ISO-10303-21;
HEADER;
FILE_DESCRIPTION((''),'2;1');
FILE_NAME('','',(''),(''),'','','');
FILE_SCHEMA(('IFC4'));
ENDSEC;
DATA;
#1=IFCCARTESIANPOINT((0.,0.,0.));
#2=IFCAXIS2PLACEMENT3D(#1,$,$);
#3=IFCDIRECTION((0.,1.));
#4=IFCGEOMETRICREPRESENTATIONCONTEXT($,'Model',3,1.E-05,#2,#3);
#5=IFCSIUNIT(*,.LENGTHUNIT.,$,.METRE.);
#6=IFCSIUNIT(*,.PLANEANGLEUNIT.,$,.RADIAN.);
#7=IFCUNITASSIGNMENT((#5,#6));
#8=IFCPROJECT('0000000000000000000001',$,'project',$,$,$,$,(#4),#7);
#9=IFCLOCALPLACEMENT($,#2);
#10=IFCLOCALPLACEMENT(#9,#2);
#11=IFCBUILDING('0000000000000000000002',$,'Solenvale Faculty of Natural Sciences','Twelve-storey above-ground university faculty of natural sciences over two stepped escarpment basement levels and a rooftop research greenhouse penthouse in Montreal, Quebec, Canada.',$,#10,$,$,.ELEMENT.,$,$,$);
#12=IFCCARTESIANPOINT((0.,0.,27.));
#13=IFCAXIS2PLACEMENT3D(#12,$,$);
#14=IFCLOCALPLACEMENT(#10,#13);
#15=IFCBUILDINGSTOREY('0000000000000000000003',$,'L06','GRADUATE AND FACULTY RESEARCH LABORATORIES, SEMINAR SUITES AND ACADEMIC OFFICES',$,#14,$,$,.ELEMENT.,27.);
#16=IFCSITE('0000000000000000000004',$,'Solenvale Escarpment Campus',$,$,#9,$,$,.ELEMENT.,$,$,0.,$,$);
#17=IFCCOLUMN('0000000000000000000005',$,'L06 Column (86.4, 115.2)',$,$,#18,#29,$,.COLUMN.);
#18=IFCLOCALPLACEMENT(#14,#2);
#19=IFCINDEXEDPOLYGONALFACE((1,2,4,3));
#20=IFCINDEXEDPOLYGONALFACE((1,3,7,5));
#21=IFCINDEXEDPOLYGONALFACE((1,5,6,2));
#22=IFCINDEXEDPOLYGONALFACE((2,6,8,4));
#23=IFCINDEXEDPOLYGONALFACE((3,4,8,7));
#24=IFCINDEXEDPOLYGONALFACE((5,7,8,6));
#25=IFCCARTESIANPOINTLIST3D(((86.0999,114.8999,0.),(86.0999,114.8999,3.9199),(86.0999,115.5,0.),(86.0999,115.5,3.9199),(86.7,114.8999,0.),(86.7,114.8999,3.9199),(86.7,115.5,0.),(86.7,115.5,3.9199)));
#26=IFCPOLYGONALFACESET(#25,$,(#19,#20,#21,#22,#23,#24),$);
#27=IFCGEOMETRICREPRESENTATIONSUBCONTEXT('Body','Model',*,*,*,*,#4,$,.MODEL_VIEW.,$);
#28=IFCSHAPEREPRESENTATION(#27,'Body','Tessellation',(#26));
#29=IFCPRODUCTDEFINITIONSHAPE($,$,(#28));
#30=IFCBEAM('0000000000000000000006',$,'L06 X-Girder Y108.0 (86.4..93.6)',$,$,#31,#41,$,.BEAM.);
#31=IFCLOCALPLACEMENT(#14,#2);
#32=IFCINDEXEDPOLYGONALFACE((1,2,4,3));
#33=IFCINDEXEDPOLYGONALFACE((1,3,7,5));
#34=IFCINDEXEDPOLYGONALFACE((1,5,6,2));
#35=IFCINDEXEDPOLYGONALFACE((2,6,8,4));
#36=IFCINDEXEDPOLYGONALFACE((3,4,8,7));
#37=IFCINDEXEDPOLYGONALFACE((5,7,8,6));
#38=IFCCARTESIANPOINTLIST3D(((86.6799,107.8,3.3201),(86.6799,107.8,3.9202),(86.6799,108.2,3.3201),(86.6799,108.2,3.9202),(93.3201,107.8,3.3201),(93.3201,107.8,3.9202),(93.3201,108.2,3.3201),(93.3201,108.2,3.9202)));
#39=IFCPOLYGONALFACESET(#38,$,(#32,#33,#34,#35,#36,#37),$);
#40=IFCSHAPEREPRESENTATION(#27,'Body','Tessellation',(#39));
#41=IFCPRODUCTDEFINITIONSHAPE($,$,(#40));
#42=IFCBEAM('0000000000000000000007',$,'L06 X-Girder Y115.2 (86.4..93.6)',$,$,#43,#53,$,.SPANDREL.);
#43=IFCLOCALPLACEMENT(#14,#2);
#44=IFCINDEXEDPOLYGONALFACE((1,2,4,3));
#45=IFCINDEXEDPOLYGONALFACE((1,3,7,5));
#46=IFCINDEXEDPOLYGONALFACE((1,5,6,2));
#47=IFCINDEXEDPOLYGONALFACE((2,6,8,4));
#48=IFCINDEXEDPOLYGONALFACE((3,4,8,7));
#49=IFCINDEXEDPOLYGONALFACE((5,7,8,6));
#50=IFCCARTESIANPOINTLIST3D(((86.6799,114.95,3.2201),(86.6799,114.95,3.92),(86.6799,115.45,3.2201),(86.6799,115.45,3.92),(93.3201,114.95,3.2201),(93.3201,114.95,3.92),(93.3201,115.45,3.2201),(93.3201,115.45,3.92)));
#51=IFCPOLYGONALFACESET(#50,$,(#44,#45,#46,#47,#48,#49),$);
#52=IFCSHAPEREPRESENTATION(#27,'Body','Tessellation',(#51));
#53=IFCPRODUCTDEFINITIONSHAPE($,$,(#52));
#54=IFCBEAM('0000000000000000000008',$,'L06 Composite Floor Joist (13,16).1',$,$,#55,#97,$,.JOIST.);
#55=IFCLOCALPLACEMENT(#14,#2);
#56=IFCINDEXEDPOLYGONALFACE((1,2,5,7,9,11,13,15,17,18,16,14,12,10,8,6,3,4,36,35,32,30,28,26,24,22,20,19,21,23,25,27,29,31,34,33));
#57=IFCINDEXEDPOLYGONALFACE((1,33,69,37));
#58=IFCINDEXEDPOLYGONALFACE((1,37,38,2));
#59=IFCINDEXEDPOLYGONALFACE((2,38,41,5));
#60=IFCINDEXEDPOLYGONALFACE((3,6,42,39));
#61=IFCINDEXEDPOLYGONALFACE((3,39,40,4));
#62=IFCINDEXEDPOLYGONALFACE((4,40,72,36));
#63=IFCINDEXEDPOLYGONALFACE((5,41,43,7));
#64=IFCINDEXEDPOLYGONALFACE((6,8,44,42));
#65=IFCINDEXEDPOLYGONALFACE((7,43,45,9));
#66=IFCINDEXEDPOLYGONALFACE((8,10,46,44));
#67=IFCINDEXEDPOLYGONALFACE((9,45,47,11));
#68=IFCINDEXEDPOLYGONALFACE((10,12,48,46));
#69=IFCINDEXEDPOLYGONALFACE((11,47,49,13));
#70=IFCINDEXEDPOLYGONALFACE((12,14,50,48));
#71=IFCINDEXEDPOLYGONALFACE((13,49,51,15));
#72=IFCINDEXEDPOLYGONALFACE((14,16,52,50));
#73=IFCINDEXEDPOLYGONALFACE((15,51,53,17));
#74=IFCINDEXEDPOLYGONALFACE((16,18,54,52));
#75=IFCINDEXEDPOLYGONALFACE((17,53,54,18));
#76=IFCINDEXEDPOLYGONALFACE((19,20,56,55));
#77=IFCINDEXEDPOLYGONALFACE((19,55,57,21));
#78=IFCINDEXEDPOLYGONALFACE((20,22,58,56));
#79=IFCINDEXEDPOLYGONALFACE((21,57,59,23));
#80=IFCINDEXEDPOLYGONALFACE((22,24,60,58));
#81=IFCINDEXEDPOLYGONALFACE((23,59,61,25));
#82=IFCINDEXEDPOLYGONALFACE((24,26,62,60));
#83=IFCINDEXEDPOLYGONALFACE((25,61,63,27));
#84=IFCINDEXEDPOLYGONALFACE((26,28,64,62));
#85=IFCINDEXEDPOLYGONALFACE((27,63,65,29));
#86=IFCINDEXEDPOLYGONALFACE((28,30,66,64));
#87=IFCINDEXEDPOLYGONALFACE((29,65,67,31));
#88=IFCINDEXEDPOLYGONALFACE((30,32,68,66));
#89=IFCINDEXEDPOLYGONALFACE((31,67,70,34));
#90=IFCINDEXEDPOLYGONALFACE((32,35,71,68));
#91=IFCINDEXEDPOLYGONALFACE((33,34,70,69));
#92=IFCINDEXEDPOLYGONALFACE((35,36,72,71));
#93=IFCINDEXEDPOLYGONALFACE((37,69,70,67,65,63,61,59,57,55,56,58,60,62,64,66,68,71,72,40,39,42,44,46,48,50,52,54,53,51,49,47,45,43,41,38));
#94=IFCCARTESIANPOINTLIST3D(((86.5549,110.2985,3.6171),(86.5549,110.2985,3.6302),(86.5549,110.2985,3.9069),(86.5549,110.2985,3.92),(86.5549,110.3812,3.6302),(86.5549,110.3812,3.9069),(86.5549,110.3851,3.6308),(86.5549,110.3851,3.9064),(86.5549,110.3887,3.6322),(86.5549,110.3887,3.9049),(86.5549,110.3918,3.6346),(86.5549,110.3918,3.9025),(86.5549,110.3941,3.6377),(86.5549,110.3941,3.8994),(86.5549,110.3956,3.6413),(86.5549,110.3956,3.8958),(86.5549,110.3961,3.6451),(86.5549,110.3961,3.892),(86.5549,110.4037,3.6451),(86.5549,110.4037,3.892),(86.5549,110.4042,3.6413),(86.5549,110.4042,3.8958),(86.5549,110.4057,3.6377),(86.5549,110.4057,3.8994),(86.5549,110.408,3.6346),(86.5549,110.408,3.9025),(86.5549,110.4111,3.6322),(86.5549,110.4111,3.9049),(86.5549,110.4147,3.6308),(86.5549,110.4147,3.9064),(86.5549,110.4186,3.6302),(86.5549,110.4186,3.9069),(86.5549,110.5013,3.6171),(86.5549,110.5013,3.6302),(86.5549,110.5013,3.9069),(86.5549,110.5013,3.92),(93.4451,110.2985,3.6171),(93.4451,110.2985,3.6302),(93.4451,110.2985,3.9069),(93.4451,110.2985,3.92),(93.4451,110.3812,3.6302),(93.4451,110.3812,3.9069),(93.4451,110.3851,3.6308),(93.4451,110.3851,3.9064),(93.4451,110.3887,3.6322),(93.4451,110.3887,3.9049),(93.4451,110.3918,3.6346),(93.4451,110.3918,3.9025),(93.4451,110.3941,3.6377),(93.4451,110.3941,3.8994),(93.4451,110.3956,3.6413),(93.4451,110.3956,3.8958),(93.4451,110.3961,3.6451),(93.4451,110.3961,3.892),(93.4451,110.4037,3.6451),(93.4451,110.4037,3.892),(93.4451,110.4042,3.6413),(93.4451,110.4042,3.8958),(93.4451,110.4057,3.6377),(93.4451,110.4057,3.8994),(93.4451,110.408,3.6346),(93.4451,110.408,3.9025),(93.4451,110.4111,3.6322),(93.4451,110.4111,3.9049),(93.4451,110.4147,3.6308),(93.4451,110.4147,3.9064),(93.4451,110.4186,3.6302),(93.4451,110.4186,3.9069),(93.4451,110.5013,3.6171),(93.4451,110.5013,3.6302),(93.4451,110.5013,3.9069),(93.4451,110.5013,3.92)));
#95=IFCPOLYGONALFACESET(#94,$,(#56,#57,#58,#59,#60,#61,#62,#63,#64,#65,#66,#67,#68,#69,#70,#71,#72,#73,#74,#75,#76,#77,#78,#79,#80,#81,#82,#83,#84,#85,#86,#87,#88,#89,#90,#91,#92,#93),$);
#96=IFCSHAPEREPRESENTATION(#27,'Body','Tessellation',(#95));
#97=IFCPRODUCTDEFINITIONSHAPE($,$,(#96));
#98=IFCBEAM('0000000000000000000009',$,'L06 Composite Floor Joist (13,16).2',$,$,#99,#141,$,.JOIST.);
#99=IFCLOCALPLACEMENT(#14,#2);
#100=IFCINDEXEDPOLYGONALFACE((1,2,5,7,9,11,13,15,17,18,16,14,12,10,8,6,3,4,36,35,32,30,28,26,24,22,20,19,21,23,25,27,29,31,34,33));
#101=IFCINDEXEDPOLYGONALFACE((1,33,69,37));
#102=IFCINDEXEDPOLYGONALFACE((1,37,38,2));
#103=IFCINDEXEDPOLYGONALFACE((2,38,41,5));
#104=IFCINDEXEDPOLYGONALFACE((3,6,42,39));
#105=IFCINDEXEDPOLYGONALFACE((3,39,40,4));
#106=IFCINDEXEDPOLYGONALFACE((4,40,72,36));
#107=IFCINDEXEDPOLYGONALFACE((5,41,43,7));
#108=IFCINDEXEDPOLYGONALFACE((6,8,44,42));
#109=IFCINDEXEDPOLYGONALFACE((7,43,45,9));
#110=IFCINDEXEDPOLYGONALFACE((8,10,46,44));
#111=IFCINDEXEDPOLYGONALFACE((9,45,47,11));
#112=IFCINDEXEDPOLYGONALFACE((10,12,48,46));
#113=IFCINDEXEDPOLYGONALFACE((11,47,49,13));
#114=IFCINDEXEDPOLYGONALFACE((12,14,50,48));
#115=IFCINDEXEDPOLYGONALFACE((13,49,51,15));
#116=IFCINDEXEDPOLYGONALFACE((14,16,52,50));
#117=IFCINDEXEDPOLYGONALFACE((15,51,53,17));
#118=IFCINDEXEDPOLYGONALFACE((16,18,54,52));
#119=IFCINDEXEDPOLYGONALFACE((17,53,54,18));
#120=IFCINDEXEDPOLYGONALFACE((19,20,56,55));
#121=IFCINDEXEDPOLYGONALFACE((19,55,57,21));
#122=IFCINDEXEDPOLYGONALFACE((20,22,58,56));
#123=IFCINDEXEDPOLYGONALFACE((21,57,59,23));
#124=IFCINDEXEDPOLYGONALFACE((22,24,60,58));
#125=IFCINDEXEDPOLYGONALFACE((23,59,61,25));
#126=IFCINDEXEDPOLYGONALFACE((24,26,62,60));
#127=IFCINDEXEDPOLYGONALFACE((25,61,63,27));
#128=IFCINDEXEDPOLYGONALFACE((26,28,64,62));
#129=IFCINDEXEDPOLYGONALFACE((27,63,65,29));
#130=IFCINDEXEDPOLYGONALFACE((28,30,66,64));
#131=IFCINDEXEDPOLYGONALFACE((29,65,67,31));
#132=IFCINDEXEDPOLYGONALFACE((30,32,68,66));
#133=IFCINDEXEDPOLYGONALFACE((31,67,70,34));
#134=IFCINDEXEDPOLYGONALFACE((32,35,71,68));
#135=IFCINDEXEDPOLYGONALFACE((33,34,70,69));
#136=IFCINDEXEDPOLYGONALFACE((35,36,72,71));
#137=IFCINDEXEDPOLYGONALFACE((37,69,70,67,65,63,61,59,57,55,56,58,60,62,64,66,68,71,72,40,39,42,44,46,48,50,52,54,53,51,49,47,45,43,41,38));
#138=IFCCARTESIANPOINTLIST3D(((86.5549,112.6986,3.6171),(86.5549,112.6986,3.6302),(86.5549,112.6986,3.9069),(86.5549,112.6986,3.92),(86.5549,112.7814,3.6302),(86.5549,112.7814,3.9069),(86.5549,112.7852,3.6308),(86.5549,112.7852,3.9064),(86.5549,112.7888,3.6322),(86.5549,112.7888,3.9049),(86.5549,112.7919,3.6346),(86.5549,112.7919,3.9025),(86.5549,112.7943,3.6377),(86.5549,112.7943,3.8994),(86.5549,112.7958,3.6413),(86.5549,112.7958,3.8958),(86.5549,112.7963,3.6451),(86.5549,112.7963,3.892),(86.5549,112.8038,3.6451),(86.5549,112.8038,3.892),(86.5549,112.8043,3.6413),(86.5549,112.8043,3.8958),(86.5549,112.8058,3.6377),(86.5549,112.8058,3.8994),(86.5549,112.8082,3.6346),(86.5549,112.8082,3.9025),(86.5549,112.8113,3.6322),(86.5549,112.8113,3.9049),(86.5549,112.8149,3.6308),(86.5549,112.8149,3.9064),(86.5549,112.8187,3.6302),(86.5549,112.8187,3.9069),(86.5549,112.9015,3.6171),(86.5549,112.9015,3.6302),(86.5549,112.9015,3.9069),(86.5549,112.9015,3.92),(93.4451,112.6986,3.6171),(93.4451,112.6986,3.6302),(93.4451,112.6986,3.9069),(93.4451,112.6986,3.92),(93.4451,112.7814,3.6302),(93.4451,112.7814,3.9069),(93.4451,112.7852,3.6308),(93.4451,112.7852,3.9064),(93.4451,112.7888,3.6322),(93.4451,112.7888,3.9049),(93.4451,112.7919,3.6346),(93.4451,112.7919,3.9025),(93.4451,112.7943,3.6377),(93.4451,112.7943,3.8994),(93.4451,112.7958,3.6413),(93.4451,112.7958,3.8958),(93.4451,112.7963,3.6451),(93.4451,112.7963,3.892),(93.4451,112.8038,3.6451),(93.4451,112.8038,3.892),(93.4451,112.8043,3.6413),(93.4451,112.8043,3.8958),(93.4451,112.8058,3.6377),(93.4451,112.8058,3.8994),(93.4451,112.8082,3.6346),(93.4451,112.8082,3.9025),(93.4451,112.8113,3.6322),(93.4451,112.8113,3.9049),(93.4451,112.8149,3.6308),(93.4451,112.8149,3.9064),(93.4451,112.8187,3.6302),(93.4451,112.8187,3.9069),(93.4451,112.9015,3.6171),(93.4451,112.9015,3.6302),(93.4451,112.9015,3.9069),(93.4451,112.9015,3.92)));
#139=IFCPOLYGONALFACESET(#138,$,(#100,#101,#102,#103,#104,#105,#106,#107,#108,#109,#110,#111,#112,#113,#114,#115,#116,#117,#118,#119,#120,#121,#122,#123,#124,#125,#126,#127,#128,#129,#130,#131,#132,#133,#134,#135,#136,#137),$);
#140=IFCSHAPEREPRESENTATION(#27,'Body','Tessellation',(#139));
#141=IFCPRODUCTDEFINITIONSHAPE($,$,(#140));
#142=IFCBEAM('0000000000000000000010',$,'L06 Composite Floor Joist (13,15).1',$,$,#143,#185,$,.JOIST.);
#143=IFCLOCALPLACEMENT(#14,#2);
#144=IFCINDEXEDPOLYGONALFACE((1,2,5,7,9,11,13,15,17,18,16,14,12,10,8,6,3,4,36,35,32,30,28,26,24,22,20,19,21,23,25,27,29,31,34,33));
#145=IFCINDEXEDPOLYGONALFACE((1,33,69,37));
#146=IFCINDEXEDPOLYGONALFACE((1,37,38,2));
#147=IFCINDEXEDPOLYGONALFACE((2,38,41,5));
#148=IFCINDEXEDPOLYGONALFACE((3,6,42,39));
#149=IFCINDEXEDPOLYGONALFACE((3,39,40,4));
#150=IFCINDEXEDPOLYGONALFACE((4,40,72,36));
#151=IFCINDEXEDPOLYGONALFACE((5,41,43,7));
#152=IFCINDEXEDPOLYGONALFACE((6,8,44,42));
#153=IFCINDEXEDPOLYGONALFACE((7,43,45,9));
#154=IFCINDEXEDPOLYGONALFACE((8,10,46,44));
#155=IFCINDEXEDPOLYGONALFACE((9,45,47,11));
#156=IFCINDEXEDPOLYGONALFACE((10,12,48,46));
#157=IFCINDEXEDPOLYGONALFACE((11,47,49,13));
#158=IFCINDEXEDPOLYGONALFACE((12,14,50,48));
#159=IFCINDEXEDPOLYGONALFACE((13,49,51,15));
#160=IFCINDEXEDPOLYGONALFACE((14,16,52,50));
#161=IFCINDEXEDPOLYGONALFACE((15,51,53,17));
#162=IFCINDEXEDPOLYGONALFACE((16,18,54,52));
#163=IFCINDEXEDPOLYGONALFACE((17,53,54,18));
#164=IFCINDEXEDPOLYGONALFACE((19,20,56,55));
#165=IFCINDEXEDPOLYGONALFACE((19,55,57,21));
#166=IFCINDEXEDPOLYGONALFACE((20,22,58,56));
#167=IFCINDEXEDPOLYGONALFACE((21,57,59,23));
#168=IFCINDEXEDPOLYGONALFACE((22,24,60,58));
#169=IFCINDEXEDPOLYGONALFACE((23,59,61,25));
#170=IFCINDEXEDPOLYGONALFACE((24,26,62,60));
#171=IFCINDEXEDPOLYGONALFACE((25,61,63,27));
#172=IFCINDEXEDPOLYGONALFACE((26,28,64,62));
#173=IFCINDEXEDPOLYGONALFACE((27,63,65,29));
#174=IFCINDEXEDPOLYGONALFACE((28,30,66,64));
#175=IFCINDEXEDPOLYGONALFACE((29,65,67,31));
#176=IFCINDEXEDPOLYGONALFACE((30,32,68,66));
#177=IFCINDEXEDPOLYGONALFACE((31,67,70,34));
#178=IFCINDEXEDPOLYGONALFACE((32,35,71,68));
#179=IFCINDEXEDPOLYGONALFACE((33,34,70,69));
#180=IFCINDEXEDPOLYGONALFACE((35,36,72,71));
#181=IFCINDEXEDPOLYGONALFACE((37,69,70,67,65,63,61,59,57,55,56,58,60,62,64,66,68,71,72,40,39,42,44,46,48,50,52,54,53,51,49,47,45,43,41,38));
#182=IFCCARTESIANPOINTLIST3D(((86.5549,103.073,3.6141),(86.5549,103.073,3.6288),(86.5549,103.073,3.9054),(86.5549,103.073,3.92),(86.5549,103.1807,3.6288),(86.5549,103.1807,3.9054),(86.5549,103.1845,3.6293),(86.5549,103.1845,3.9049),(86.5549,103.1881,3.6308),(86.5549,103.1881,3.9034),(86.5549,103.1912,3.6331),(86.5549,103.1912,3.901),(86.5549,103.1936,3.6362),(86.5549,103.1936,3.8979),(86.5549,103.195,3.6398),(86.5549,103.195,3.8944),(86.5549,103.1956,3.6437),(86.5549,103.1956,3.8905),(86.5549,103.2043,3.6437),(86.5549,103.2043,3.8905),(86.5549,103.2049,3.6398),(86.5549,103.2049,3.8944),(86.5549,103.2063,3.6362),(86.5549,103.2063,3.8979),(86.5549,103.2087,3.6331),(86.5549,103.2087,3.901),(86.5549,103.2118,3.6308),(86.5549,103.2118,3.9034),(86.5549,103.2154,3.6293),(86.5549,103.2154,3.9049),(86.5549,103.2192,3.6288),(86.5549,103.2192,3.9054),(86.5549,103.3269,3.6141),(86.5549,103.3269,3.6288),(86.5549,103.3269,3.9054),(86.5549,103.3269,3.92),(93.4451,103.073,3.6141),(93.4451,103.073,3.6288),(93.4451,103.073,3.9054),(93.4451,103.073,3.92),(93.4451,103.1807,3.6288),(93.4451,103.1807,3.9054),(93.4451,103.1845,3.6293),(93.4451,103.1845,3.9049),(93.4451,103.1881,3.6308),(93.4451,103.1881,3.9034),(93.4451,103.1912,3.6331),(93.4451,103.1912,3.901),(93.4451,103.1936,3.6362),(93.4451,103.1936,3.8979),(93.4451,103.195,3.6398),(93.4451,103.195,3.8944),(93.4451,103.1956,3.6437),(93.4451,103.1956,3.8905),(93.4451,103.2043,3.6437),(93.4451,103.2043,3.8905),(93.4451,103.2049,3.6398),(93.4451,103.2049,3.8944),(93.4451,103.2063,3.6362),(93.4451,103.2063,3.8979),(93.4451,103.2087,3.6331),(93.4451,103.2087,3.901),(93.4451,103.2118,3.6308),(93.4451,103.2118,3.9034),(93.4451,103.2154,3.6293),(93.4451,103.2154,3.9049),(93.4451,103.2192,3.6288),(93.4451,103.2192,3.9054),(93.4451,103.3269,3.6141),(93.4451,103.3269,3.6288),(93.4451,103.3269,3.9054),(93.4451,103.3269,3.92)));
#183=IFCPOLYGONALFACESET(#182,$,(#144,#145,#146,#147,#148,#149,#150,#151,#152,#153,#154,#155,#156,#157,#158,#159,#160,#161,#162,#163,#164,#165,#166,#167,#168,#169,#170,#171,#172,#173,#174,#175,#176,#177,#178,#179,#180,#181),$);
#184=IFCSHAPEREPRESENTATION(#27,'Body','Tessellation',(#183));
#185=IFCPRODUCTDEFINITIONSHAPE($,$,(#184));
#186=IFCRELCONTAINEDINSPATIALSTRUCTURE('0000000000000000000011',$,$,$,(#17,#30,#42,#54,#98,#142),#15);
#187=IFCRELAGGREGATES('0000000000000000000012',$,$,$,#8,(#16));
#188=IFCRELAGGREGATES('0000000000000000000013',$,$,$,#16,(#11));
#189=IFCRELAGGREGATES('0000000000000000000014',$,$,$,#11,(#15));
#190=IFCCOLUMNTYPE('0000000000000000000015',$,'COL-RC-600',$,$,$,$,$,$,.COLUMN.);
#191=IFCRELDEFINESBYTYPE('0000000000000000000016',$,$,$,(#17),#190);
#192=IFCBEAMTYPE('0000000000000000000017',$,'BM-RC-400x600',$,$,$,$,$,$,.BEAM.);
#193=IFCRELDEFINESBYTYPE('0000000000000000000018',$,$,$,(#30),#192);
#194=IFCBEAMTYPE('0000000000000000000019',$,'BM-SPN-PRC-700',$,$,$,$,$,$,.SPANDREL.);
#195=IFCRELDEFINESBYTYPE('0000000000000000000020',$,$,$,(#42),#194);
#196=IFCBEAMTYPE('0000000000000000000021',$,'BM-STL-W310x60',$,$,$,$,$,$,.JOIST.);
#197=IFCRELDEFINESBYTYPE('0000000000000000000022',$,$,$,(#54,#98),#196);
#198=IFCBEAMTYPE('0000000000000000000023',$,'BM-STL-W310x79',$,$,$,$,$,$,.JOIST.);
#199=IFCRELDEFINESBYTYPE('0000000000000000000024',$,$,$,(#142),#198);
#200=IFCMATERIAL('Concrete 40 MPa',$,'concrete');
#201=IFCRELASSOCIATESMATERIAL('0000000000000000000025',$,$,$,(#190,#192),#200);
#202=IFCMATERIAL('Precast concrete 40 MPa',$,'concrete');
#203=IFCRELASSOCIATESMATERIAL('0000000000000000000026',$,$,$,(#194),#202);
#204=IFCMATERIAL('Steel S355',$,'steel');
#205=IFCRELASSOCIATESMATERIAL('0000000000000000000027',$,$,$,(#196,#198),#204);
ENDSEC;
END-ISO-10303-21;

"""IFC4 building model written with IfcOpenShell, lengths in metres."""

from ifc_helpers import new_model, si_unit, direction, frame, origin, origin_2d, place, context, subcontext, project, spatial, rectangle, i_section, extrude, material, material_profile, profile_set, type_object, element, save


model = new_model("IFC4")

# Units and contexts
model_context = context("Model", 3, precision=1e-05, world=origin(), true_north=direction((0.0, 1.0)))
body_context = subcontext(model_context, "Body", "Model", "MODEL_VIEW")
ifc_project = project(units=[si_unit("LENGTHUNIT", "METRE"), si_unit("PLANEANGLEUNIT", "RADIAN")], contexts=[model_context])

# Site, building, storey
site_placement = place(None, origin())
site = spatial("IfcSite", under=ifc_project, at=site_placement, Name="Solenvale Escarpment Campus", CompositionType="ELEMENT", RefElevation=0.0)
building_placement = place(site_placement, origin())
building = spatial("IfcBuilding", under=site, at=building_placement, Name="Solenvale Faculty of Natural Sciences", Description="Twelve-storey above-ground university faculty of natural sciences over two stepped escarpment basement levels and a rooftop research greenhouse penthouse in Montreal, Quebec, Canada.", CompositionType="ELEMENT")
storey_placement = place(building_placement, frame((0.0, 0.0, 27.0)))
storey = spatial("IfcBuildingStorey", under=building, at=storey_placement, Name="L06", Description="GRADUATE AND FACULTY RESEARCH LABORATORIES, SEMINAR SUITES AND ACADEMIC OFFICES", CompositionType="ELEMENT", Elevation=27.0)

# Column
ifc_material_1 = material(Name="Concrete 40 MPa", Category="concrete")
ifc_material_profile_1 = material_profile(ifc_material_1, rectangle(XDim=0.6001, YDim=0.6001, at=origin_2d()), Name="RC-COL-600x600")
ifc_profile_set_1 = profile_set([ifc_material_profile_1], Name="Concrete 40 MPa")
column_type = type_object("IfcColumnType", Name="COL-RC-600", PredefinedType="COLUMN", material=ifc_profile_set_1)
column_placement = place(storey_placement, frame((86.3999, 115.2, 0.0), z_axis=(0.0, 0.0, 1.0), x_axis=(1.0, 0.0, 0.0)))
element("IfcColumn", 1, at=column_placement, inside=storey, type_object=column_type, Name="L06 Column (86.4, 115.2)", PredefinedType="COLUMN", context=body_context, shape_type="SweptSolid", body=[
    extrude(rectangle(XDim=0.6001, YDim=0.6001, at=origin_2d()), origin(), (0.0, 0.0, 1.0), 3.9199),
])

# Beams
ifc_material_profile_2 = material_profile(ifc_material_1, rectangle(XDim=0.3999, YDim=0.6001, at=origin_2d()), Name="RC-BM-400x600")
ifc_profile_set_2 = profile_set([ifc_material_profile_2], Name="Concrete 40 MPa")
beam_type_1 = type_object("IfcBeamType", Name="BM-RC-400x600", PredefinedType="BEAM", material=ifc_profile_set_2)
beam_1_placement = place(storey_placement, frame((86.6799, 108.0, 3.6201), z_axis=(1.0, 0.0, 0.0), x_axis=(0.0, 1.0, 0.0)))
element("IfcBeam", 2, at=beam_1_placement, inside=storey, type_object=beam_type_1, Name="L06 X-Girder Y108.0 (86.4..93.6)", PredefinedType="BEAM", context=body_context, shape_type="SweptSolid", body=[
    extrude(rectangle(XDim=0.3999, YDim=0.6001, at=origin_2d()), origin(), (0.0, 0.0, 1.0), 6.6401),
])
ifc_material_2 = material(Name="Precast concrete 40 MPa", Category="concrete")
ifc_material_profile_3 = material_profile(ifc_material_2, rectangle(XDim=0.5, YDim=0.7, at=origin_2d()), Name="RC-BM-500x700")
ifc_profile_set_3 = profile_set([ifc_material_profile_3], Name="Precast concrete 40 MPa")
beam_type_2 = type_object("IfcBeamType", Name="BM-SPN-PRC-700", PredefinedType="SPANDREL", material=ifc_profile_set_3)
beam_2_placement = place(storey_placement, frame((86.6799, 115.2, 3.5701), z_axis=(1.0, 0.0, 0.0), x_axis=(0.0, 1.0, 0.0)))
element("IfcBeam", 3, at=beam_2_placement, inside=storey, type_object=beam_type_2, Name="L06 X-Girder Y115.2 (86.4..93.6)", PredefinedType="SPANDREL", context=body_context, shape_type="SweptSolid", body=[
    extrude(rectangle(XDim=0.5, YDim=0.7, at=origin_2d()), origin(), (0.0, 0.0, 1.0), 6.6401),
])
ifc_material_3 = material(Name="Steel S355", Category="steel")
ifc_material_profile_4 = material_profile(ifc_material_3, i_section(OverallWidth=0.2029, OverallDepth=0.303, WebThickness=0.0076, FlangeThickness=0.0132, FilletRadius=0.0149, at=origin_2d()), Name="W310x60")
ifc_profile_set_4 = profile_set([ifc_material_profile_4], Name="Steel S355")
beam_type_3 = type_object("IfcBeamType", Name="BM-STL-W310x60", PredefinedType="JOIST", material=ifc_profile_set_4)
for number, where, z_axis, x_axis, name in (
    (4, (86.5549, 110.3999, 3.7686), (1.0, 0.0, 0.0), (0.0, 1.0, 0.0), "L06 Composite Floor Joist (13,16).1"),
    (5, (86.5549, 112.8, 3.7686), (1.0, 0.0, 0.0), (0.0, 1.0, 0.0), "L06 Composite Floor Joist (13,16).2"),
):
    element("IfcBeam", number, at=place(storey_placement, frame(where, z_axis=z_axis, x_axis=x_axis)), inside=storey, type_object=beam_type_3, Name=name, PredefinedType="JOIST", context=body_context, shape_type="SweptSolid", body=[
        extrude(i_section(OverallWidth=0.2029, OverallDepth=0.303, WebThickness=0.0076, FlangeThickness=0.0132, FilletRadius=0.0149, at=origin_2d()), origin(), (0.0, 0.0, 1.0), 6.8901),
    ])
ifc_material_profile_5 = material_profile(ifc_material_3, i_section(OverallWidth=0.2539, OverallDepth=0.3059, WebThickness=0.0088, FlangeThickness=0.0146, FilletRadius=0.0149, at=origin_2d()), Name="W310x79")
ifc_profile_set_5 = profile_set([ifc_material_profile_5], Name="Steel S355")
beam_type_4 = type_object("IfcBeamType", Name="BM-STL-W310x79", PredefinedType="JOIST", material=ifc_profile_set_5)
for number, where, z_axis, x_axis, name in (
    (6, (86.5549, 103.2, 3.7671), (1.0, 0.0, 0.0), (0.0, 1.0, 0.0), "L06 Composite Floor Joist (13,15).1"),
):
    element("IfcBeam", number, at=place(storey_placement, frame(where, z_axis=z_axis, x_axis=x_axis)), inside=storey, type_object=beam_type_4, Name=name, PredefinedType="JOIST", context=body_context, shape_type="SweptSolid", body=[
        extrude(i_section(OverallWidth=0.2539, OverallDepth=0.3059, WebThickness=0.0088, FlangeThickness=0.0146, FilletRadius=0.0149, at=origin_2d()), origin(), (0.0, 0.0, 1.0), 6.8901),
    ])

save(model, "model.ifc")
